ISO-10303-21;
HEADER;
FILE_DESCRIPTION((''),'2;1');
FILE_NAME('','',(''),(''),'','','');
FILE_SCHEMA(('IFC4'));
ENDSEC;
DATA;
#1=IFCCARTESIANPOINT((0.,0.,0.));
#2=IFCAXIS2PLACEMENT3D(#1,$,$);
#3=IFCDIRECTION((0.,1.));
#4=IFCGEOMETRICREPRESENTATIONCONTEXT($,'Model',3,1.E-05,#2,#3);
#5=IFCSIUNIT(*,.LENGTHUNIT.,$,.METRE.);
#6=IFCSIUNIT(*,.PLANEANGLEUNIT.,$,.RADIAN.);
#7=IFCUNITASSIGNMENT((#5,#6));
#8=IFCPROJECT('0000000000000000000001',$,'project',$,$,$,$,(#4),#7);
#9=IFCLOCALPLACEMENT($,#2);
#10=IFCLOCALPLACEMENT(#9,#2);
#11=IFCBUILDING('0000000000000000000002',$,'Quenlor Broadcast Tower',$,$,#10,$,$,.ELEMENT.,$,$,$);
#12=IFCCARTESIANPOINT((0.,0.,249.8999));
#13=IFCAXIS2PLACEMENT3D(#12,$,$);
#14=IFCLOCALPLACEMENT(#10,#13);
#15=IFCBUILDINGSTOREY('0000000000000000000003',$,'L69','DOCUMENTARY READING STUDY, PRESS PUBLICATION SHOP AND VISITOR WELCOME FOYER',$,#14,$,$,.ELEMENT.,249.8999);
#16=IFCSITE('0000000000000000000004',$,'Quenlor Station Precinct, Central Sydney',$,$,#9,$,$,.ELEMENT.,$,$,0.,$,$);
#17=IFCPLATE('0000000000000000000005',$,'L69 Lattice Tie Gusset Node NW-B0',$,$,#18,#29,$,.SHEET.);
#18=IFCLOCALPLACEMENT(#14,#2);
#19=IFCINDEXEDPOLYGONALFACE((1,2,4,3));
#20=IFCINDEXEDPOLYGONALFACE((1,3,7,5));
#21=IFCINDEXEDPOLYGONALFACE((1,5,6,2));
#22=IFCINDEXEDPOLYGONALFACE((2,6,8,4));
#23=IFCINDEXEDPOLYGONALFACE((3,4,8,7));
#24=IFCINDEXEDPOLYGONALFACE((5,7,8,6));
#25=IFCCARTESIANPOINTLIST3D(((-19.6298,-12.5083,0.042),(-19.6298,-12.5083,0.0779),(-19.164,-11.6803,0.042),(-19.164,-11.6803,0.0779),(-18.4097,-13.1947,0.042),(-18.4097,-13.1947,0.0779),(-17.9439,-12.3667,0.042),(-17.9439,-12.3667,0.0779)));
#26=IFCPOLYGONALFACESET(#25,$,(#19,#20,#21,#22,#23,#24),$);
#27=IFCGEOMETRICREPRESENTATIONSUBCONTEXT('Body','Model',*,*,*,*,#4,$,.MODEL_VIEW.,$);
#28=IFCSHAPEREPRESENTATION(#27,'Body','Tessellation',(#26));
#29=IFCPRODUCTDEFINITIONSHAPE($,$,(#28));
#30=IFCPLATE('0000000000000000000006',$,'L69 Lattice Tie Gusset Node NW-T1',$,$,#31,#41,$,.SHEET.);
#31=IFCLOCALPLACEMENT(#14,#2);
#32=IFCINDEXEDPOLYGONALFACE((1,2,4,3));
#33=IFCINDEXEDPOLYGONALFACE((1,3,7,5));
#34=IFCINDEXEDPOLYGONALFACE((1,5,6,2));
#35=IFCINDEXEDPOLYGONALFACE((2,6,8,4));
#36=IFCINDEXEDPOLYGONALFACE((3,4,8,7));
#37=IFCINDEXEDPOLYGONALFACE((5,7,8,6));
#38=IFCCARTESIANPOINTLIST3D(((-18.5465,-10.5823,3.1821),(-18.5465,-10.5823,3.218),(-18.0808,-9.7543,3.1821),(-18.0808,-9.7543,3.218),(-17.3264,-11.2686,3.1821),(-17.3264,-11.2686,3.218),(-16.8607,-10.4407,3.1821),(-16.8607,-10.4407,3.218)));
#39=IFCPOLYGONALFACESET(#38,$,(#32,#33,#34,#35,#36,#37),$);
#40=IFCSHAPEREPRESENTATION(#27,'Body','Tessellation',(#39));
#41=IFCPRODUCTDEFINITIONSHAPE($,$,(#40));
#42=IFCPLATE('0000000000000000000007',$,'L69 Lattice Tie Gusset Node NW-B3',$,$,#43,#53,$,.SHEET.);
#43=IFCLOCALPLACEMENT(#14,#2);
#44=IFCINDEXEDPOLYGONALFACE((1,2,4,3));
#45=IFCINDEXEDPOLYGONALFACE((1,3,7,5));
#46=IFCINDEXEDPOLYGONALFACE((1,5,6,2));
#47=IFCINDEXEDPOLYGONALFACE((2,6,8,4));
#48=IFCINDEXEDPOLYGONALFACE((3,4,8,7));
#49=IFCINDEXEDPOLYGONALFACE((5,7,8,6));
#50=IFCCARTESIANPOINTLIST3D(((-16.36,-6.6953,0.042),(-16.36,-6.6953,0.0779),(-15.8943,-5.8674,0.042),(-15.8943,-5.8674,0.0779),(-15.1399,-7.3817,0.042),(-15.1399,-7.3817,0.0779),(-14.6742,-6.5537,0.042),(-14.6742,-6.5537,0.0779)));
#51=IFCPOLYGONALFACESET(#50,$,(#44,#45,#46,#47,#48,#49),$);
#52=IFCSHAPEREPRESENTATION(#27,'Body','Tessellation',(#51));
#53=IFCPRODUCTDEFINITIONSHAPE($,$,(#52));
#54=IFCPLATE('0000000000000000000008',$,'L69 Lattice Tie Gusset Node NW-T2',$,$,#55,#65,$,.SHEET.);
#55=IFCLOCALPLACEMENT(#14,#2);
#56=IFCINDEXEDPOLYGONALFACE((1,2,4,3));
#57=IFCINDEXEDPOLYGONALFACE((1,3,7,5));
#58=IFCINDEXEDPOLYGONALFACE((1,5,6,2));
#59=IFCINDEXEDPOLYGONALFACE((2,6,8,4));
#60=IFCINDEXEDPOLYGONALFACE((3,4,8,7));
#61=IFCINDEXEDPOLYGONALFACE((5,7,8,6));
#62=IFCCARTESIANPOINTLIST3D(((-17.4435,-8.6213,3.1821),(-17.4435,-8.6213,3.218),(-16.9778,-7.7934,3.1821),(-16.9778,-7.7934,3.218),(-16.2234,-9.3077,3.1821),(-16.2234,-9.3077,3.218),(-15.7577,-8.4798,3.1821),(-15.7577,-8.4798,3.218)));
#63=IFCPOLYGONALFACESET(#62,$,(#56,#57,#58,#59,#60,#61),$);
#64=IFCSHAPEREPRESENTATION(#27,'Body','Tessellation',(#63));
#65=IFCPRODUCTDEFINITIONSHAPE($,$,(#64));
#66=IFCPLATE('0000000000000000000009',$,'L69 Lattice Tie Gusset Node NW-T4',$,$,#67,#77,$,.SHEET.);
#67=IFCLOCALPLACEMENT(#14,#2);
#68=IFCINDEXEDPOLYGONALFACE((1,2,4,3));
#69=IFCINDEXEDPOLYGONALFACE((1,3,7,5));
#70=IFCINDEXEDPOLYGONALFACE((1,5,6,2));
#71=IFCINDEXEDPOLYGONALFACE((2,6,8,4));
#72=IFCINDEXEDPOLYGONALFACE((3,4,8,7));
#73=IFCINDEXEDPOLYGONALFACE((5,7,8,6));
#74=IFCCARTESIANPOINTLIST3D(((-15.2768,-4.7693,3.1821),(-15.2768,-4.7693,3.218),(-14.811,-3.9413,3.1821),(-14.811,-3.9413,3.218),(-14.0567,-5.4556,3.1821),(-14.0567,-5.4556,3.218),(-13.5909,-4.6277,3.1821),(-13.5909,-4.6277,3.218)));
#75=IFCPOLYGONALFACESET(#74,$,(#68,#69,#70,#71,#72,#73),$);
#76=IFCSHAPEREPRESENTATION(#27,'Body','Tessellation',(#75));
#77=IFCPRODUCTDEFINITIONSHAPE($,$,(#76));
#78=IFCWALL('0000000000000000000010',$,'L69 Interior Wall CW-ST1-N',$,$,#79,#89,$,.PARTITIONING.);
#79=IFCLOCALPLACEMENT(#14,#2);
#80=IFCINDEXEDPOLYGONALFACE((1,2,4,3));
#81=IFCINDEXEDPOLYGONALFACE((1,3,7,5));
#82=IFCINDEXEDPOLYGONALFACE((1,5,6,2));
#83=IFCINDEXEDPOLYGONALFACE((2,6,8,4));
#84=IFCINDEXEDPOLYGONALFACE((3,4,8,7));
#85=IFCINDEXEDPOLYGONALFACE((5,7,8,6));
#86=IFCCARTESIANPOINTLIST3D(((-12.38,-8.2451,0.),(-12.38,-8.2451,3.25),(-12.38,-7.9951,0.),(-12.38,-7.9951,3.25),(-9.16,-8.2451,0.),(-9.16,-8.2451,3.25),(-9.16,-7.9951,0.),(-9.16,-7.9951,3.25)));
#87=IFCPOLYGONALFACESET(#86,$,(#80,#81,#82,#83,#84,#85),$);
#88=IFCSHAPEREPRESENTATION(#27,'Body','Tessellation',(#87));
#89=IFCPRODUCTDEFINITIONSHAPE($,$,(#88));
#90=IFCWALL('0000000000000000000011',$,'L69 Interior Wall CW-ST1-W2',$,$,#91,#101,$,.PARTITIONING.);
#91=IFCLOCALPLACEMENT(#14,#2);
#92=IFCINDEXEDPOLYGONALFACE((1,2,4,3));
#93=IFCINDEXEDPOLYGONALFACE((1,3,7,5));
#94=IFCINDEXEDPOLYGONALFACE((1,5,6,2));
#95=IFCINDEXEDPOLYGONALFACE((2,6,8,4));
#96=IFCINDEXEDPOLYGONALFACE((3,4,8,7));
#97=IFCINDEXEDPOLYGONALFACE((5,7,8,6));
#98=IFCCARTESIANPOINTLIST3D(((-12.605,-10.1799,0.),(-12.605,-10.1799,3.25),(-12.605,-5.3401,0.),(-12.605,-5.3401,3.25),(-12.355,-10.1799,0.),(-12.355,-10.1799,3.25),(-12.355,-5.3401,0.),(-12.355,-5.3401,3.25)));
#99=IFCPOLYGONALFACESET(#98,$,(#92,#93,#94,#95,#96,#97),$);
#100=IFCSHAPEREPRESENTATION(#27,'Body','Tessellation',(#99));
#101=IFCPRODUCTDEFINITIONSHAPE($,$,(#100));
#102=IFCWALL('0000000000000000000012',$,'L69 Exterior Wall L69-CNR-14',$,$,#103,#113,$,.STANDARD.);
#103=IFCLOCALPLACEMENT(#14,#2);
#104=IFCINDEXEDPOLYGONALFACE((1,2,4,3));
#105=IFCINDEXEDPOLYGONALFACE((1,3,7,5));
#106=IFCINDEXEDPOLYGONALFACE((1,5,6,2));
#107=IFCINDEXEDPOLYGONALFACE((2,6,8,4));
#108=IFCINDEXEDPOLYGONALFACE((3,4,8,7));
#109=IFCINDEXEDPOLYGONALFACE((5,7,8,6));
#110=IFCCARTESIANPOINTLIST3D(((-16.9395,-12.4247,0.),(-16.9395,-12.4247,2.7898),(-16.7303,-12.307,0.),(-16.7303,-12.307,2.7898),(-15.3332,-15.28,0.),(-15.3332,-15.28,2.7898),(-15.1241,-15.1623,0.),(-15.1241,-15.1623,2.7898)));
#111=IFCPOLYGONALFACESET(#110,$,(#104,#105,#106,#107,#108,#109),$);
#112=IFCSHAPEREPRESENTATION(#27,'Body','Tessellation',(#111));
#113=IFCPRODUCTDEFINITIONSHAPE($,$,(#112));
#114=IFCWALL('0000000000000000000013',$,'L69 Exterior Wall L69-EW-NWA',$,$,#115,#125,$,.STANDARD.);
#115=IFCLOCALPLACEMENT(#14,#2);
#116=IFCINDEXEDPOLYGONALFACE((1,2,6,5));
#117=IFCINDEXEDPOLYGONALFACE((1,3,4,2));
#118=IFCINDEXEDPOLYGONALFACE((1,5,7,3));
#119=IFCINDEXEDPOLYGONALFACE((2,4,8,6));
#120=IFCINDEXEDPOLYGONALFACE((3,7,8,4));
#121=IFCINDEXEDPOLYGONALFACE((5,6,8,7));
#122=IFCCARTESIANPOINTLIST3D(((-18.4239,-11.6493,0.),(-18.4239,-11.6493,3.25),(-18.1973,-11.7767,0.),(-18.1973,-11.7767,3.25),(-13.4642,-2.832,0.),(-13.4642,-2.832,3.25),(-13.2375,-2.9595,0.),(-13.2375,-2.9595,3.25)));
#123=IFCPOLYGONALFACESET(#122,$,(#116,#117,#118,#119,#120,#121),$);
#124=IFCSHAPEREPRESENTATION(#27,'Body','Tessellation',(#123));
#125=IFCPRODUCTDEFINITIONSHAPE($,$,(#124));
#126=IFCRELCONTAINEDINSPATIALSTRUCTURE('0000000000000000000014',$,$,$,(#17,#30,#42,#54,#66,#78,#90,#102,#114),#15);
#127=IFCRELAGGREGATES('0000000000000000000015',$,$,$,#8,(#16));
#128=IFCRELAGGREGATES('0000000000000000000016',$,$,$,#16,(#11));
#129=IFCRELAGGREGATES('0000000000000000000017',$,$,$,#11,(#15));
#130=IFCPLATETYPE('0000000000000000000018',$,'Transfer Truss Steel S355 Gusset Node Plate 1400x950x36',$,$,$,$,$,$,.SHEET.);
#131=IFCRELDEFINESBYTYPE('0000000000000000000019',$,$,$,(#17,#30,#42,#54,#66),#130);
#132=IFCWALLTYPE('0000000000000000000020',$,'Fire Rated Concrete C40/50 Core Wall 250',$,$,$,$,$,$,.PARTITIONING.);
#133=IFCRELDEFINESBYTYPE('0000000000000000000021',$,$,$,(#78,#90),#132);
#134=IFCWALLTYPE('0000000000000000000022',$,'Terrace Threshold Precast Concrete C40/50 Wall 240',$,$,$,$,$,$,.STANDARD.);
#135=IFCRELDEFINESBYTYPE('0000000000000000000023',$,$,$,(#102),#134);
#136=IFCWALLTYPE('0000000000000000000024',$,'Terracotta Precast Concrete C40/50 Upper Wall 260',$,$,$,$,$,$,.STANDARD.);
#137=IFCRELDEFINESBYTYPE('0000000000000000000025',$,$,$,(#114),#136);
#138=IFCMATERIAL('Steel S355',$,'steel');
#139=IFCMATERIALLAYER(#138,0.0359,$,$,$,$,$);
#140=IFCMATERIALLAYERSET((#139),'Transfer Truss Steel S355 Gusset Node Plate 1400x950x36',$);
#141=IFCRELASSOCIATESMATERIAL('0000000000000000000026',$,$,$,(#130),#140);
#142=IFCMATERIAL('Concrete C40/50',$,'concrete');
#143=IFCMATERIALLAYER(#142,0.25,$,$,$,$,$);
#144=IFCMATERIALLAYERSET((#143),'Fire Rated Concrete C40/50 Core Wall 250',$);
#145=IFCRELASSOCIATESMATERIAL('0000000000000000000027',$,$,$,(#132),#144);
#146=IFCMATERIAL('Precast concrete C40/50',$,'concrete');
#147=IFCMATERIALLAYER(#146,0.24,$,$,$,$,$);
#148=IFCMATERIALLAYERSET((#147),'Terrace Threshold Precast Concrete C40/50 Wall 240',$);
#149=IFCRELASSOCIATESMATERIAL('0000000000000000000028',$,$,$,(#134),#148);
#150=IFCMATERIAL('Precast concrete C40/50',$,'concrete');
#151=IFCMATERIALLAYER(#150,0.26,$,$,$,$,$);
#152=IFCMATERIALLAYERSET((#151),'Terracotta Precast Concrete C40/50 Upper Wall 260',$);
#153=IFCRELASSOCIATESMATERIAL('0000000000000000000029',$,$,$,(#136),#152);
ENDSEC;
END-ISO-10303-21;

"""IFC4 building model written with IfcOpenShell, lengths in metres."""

from ifc_helpers import new_model, si_unit, direction, frame, frame_2d, origin, origin_2d, place, context, subcontext, project, spatial, rectangle, extrude, material, layer, layer_set, type_object, element, save


model = new_model("IFC4")

# Units and contexts
model_context = context("Model", 3, precision=1e-05, world=origin(), true_north=direction((0.0, 1.0)))
body_context = subcontext(model_context, "Body", "Model", "MODEL_VIEW")
ifc_project = project(units=[si_unit("LENGTHUNIT", "METRE"), si_unit("PLANEANGLEUNIT", "RADIAN")], contexts=[model_context])

# Site, building, storey
site_placement = place(None, origin())
site = spatial("IfcSite", under=ifc_project, at=site_placement, Name="Quenlor Station Precinct, Central Sydney", CompositionType="ELEMENT", RefElevation=0.0)
building_placement = place(site_placement, origin())
building = spatial("IfcBuilding", under=site, at=building_placement, Name="Quenlor Broadcast Tower", CompositionType="ELEMENT")
storey_placement = place(building_placement, frame((0.0, 0.0, 249.8999)))
storey = spatial("IfcBuildingStorey", under=building, at=storey_placement, Name="L69", Description="DOCUMENTARY READING STUDY, PRESS PUBLICATION SHOP AND VISITOR WELCOME FOYER", CompositionType="ELEMENT", Elevation=249.8999)

# Plates
ifc_material_1 = material(Name="Steel S355", Category="steel")
ifc_layer_1 = layer(ifc_material_1, 0.0359)
ifc_layer_set_1 = layer_set([ifc_layer_1], Name="Transfer Truss Steel S355 Gusset Node Plate 1400x950x36")
plate_type = type_object("IfcPlateType", Name="Transfer Truss Steel S355 Gusset Node Plate 1400x950x36", PredefinedType="SHEET", material=ifc_layer_set_1)
for number, where, z_axis, x_axis, name in (
    (1, (-18.7869, -12.4375, 0.042), (0.0, 0.0, 1.0), (-0.871556, 0.490295, 0.0), "L69 Lattice Tie Gusset Node NW-B0"),
    (2, (-17.7036, -10.5115, 3.1821), (0.0, 0.0, 1.0), (-0.871556, 0.490295, 0.0), "L69 Lattice Tie Gusset Node NW-T1"),
    (3, (-15.5171, -6.6245, 0.042), (0.0, 0.0, 1.0), (-0.871556, 0.490295, 0.0), "L69 Lattice Tie Gusset Node NW-B3"),
    (4, (-16.6006, -8.5505, 3.1821), (0.0, 0.0, 1.0), (-0.871556, 0.490295, 0.0), "L69 Lattice Tie Gusset Node NW-T2"),
    (5, (-14.4338, -4.6985, 3.1821), (0.0, 0.0, 1.0), (-0.871556, 0.490295, 0.0), "L69 Lattice Tie Gusset Node NW-T4"),
):
    element("IfcPlate", number, at=place(storey_placement, frame(where, z_axis=z_axis, x_axis=x_axis)), inside=storey, type_object=plate_type, Name=name, PredefinedType="SHEET", context=body_context, shape_type="SweptSolid", body=[
        extrude(rectangle(XDim=1.3999, YDim=0.95, at=origin_2d()), origin(), (0.0, 0.0, 1.0), 0.0359),
    ])

# Walls
ifc_material_2 = material(Name="Concrete C40/50", Category="concrete")
ifc_layer_2 = layer(ifc_material_2, 0.25)
ifc_layer_set_2 = layer_set([ifc_layer_2], Name="Fire Rated Concrete C40/50 Core Wall 250")
wall_type_1 = type_object("IfcWallType", Name="Fire Rated Concrete C40/50 Core Wall 250", PredefinedType="PARTITIONING", material=ifc_layer_set_2)
wall_1_placement = place(storey_placement, frame((-12.3799, -8.1201, 0.0), z_axis=(0.0, 0.0, 1.0), x_axis=(1.0, 0.0, 0.0)))
element("IfcWall", 6, at=wall_1_placement, inside=storey, type_object=wall_type_1, Name="L69 Interior Wall CW-ST1-N", PredefinedType="PARTITIONING", context=body_context, shape_type="SweptSolid", body=[
    extrude(rectangle(XDim=3.22, YDim=0.25, at=frame_2d((1.6099, 0.0))), origin(), (0.0, 0.0, 1.0), 3.25),
])
wall_2_placement = place(storey_placement, frame((-12.48, -10.1799, 0.0), z_axis=(0.0, 0.0, 1.0), x_axis=(0.0, 1.0, 0.0)))
element("IfcWall", 7, at=wall_2_placement, inside=storey, type_object=wall_type_1, Name="L69 Interior Wall CW-ST1-W2", PredefinedType="PARTITIONING", context=body_context, shape_type="SweptSolid", body=[
    extrude(rectangle(XDim=4.8398, YDim=0.25, at=frame_2d((2.4199, 0.0))), origin(), (0.0, 0.0, 1.0), 3.25),
])

# Walls
ifc_material_3 = material(Name="Precast concrete C40/50", Category="concrete")
ifc_layer_3 = layer(ifc_material_3, 0.24)
ifc_layer_set_3 = layer_set([ifc_layer_3], Name="Terrace Threshold Precast Concrete C40/50 Wall 240")
wall_type_2 = type_object("IfcWallType", Name="Terrace Threshold Precast Concrete C40/50 Wall 240", PredefinedType="STANDARD", material=ifc_layer_set_3)
wall_3_placement = place(storey_placement, frame((-16.835, -12.3657, 0.0), z_axis=(0.0, 0.0, 1.0), x_axis=(0.490293, -0.871558, 0.0)))
element("IfcWall", 8, at=wall_3_placement, inside=storey, type_object=wall_type_2, Name="L69 Exterior Wall L69-CNR-14", PredefinedType="STANDARD", context=body_context, shape_type="SweptSolid", body=[
    extrude(rectangle(XDim=3.2761, YDim=0.24, at=frame_2d((1.6382, 0.0))), origin(), (0.0, 0.0, 1.0), 2.7898),
])
ifc_material_4 = material(Name="Precast concrete C40/50", Category="concrete")
ifc_layer_4 = layer(ifc_material_4, 0.26)
ifc_layer_set_4 = layer_set([ifc_layer_4], Name="Terracotta Precast Concrete C40/50 Upper Wall 260")
wall_type_3 = type_object("IfcWallType", Name="Terracotta Precast Concrete C40/50 Upper Wall 260", PredefinedType="STANDARD", material=ifc_layer_set_4)
wall_4_placement = place(storey_placement, frame((-18.3105, -11.7129, 0.0), z_axis=(0.0, 0.0, 1.0), x_axis=(0.490267, 0.871572, 0.0)))
element("IfcWall", 9, at=wall_4_placement, inside=storey, type_object=wall_type_3, Name="L69 Exterior Wall L69-EW-NWA", PredefinedType="STANDARD", context=body_context, shape_type="SweptSolid", body=[
    extrude(rectangle(XDim=10.1165, YDim=0.26, at=frame_2d((5.0581, 0.0))), origin(), (0.0, 0.0, 1.0), 3.25),
])

save(model, "model.ifc")
